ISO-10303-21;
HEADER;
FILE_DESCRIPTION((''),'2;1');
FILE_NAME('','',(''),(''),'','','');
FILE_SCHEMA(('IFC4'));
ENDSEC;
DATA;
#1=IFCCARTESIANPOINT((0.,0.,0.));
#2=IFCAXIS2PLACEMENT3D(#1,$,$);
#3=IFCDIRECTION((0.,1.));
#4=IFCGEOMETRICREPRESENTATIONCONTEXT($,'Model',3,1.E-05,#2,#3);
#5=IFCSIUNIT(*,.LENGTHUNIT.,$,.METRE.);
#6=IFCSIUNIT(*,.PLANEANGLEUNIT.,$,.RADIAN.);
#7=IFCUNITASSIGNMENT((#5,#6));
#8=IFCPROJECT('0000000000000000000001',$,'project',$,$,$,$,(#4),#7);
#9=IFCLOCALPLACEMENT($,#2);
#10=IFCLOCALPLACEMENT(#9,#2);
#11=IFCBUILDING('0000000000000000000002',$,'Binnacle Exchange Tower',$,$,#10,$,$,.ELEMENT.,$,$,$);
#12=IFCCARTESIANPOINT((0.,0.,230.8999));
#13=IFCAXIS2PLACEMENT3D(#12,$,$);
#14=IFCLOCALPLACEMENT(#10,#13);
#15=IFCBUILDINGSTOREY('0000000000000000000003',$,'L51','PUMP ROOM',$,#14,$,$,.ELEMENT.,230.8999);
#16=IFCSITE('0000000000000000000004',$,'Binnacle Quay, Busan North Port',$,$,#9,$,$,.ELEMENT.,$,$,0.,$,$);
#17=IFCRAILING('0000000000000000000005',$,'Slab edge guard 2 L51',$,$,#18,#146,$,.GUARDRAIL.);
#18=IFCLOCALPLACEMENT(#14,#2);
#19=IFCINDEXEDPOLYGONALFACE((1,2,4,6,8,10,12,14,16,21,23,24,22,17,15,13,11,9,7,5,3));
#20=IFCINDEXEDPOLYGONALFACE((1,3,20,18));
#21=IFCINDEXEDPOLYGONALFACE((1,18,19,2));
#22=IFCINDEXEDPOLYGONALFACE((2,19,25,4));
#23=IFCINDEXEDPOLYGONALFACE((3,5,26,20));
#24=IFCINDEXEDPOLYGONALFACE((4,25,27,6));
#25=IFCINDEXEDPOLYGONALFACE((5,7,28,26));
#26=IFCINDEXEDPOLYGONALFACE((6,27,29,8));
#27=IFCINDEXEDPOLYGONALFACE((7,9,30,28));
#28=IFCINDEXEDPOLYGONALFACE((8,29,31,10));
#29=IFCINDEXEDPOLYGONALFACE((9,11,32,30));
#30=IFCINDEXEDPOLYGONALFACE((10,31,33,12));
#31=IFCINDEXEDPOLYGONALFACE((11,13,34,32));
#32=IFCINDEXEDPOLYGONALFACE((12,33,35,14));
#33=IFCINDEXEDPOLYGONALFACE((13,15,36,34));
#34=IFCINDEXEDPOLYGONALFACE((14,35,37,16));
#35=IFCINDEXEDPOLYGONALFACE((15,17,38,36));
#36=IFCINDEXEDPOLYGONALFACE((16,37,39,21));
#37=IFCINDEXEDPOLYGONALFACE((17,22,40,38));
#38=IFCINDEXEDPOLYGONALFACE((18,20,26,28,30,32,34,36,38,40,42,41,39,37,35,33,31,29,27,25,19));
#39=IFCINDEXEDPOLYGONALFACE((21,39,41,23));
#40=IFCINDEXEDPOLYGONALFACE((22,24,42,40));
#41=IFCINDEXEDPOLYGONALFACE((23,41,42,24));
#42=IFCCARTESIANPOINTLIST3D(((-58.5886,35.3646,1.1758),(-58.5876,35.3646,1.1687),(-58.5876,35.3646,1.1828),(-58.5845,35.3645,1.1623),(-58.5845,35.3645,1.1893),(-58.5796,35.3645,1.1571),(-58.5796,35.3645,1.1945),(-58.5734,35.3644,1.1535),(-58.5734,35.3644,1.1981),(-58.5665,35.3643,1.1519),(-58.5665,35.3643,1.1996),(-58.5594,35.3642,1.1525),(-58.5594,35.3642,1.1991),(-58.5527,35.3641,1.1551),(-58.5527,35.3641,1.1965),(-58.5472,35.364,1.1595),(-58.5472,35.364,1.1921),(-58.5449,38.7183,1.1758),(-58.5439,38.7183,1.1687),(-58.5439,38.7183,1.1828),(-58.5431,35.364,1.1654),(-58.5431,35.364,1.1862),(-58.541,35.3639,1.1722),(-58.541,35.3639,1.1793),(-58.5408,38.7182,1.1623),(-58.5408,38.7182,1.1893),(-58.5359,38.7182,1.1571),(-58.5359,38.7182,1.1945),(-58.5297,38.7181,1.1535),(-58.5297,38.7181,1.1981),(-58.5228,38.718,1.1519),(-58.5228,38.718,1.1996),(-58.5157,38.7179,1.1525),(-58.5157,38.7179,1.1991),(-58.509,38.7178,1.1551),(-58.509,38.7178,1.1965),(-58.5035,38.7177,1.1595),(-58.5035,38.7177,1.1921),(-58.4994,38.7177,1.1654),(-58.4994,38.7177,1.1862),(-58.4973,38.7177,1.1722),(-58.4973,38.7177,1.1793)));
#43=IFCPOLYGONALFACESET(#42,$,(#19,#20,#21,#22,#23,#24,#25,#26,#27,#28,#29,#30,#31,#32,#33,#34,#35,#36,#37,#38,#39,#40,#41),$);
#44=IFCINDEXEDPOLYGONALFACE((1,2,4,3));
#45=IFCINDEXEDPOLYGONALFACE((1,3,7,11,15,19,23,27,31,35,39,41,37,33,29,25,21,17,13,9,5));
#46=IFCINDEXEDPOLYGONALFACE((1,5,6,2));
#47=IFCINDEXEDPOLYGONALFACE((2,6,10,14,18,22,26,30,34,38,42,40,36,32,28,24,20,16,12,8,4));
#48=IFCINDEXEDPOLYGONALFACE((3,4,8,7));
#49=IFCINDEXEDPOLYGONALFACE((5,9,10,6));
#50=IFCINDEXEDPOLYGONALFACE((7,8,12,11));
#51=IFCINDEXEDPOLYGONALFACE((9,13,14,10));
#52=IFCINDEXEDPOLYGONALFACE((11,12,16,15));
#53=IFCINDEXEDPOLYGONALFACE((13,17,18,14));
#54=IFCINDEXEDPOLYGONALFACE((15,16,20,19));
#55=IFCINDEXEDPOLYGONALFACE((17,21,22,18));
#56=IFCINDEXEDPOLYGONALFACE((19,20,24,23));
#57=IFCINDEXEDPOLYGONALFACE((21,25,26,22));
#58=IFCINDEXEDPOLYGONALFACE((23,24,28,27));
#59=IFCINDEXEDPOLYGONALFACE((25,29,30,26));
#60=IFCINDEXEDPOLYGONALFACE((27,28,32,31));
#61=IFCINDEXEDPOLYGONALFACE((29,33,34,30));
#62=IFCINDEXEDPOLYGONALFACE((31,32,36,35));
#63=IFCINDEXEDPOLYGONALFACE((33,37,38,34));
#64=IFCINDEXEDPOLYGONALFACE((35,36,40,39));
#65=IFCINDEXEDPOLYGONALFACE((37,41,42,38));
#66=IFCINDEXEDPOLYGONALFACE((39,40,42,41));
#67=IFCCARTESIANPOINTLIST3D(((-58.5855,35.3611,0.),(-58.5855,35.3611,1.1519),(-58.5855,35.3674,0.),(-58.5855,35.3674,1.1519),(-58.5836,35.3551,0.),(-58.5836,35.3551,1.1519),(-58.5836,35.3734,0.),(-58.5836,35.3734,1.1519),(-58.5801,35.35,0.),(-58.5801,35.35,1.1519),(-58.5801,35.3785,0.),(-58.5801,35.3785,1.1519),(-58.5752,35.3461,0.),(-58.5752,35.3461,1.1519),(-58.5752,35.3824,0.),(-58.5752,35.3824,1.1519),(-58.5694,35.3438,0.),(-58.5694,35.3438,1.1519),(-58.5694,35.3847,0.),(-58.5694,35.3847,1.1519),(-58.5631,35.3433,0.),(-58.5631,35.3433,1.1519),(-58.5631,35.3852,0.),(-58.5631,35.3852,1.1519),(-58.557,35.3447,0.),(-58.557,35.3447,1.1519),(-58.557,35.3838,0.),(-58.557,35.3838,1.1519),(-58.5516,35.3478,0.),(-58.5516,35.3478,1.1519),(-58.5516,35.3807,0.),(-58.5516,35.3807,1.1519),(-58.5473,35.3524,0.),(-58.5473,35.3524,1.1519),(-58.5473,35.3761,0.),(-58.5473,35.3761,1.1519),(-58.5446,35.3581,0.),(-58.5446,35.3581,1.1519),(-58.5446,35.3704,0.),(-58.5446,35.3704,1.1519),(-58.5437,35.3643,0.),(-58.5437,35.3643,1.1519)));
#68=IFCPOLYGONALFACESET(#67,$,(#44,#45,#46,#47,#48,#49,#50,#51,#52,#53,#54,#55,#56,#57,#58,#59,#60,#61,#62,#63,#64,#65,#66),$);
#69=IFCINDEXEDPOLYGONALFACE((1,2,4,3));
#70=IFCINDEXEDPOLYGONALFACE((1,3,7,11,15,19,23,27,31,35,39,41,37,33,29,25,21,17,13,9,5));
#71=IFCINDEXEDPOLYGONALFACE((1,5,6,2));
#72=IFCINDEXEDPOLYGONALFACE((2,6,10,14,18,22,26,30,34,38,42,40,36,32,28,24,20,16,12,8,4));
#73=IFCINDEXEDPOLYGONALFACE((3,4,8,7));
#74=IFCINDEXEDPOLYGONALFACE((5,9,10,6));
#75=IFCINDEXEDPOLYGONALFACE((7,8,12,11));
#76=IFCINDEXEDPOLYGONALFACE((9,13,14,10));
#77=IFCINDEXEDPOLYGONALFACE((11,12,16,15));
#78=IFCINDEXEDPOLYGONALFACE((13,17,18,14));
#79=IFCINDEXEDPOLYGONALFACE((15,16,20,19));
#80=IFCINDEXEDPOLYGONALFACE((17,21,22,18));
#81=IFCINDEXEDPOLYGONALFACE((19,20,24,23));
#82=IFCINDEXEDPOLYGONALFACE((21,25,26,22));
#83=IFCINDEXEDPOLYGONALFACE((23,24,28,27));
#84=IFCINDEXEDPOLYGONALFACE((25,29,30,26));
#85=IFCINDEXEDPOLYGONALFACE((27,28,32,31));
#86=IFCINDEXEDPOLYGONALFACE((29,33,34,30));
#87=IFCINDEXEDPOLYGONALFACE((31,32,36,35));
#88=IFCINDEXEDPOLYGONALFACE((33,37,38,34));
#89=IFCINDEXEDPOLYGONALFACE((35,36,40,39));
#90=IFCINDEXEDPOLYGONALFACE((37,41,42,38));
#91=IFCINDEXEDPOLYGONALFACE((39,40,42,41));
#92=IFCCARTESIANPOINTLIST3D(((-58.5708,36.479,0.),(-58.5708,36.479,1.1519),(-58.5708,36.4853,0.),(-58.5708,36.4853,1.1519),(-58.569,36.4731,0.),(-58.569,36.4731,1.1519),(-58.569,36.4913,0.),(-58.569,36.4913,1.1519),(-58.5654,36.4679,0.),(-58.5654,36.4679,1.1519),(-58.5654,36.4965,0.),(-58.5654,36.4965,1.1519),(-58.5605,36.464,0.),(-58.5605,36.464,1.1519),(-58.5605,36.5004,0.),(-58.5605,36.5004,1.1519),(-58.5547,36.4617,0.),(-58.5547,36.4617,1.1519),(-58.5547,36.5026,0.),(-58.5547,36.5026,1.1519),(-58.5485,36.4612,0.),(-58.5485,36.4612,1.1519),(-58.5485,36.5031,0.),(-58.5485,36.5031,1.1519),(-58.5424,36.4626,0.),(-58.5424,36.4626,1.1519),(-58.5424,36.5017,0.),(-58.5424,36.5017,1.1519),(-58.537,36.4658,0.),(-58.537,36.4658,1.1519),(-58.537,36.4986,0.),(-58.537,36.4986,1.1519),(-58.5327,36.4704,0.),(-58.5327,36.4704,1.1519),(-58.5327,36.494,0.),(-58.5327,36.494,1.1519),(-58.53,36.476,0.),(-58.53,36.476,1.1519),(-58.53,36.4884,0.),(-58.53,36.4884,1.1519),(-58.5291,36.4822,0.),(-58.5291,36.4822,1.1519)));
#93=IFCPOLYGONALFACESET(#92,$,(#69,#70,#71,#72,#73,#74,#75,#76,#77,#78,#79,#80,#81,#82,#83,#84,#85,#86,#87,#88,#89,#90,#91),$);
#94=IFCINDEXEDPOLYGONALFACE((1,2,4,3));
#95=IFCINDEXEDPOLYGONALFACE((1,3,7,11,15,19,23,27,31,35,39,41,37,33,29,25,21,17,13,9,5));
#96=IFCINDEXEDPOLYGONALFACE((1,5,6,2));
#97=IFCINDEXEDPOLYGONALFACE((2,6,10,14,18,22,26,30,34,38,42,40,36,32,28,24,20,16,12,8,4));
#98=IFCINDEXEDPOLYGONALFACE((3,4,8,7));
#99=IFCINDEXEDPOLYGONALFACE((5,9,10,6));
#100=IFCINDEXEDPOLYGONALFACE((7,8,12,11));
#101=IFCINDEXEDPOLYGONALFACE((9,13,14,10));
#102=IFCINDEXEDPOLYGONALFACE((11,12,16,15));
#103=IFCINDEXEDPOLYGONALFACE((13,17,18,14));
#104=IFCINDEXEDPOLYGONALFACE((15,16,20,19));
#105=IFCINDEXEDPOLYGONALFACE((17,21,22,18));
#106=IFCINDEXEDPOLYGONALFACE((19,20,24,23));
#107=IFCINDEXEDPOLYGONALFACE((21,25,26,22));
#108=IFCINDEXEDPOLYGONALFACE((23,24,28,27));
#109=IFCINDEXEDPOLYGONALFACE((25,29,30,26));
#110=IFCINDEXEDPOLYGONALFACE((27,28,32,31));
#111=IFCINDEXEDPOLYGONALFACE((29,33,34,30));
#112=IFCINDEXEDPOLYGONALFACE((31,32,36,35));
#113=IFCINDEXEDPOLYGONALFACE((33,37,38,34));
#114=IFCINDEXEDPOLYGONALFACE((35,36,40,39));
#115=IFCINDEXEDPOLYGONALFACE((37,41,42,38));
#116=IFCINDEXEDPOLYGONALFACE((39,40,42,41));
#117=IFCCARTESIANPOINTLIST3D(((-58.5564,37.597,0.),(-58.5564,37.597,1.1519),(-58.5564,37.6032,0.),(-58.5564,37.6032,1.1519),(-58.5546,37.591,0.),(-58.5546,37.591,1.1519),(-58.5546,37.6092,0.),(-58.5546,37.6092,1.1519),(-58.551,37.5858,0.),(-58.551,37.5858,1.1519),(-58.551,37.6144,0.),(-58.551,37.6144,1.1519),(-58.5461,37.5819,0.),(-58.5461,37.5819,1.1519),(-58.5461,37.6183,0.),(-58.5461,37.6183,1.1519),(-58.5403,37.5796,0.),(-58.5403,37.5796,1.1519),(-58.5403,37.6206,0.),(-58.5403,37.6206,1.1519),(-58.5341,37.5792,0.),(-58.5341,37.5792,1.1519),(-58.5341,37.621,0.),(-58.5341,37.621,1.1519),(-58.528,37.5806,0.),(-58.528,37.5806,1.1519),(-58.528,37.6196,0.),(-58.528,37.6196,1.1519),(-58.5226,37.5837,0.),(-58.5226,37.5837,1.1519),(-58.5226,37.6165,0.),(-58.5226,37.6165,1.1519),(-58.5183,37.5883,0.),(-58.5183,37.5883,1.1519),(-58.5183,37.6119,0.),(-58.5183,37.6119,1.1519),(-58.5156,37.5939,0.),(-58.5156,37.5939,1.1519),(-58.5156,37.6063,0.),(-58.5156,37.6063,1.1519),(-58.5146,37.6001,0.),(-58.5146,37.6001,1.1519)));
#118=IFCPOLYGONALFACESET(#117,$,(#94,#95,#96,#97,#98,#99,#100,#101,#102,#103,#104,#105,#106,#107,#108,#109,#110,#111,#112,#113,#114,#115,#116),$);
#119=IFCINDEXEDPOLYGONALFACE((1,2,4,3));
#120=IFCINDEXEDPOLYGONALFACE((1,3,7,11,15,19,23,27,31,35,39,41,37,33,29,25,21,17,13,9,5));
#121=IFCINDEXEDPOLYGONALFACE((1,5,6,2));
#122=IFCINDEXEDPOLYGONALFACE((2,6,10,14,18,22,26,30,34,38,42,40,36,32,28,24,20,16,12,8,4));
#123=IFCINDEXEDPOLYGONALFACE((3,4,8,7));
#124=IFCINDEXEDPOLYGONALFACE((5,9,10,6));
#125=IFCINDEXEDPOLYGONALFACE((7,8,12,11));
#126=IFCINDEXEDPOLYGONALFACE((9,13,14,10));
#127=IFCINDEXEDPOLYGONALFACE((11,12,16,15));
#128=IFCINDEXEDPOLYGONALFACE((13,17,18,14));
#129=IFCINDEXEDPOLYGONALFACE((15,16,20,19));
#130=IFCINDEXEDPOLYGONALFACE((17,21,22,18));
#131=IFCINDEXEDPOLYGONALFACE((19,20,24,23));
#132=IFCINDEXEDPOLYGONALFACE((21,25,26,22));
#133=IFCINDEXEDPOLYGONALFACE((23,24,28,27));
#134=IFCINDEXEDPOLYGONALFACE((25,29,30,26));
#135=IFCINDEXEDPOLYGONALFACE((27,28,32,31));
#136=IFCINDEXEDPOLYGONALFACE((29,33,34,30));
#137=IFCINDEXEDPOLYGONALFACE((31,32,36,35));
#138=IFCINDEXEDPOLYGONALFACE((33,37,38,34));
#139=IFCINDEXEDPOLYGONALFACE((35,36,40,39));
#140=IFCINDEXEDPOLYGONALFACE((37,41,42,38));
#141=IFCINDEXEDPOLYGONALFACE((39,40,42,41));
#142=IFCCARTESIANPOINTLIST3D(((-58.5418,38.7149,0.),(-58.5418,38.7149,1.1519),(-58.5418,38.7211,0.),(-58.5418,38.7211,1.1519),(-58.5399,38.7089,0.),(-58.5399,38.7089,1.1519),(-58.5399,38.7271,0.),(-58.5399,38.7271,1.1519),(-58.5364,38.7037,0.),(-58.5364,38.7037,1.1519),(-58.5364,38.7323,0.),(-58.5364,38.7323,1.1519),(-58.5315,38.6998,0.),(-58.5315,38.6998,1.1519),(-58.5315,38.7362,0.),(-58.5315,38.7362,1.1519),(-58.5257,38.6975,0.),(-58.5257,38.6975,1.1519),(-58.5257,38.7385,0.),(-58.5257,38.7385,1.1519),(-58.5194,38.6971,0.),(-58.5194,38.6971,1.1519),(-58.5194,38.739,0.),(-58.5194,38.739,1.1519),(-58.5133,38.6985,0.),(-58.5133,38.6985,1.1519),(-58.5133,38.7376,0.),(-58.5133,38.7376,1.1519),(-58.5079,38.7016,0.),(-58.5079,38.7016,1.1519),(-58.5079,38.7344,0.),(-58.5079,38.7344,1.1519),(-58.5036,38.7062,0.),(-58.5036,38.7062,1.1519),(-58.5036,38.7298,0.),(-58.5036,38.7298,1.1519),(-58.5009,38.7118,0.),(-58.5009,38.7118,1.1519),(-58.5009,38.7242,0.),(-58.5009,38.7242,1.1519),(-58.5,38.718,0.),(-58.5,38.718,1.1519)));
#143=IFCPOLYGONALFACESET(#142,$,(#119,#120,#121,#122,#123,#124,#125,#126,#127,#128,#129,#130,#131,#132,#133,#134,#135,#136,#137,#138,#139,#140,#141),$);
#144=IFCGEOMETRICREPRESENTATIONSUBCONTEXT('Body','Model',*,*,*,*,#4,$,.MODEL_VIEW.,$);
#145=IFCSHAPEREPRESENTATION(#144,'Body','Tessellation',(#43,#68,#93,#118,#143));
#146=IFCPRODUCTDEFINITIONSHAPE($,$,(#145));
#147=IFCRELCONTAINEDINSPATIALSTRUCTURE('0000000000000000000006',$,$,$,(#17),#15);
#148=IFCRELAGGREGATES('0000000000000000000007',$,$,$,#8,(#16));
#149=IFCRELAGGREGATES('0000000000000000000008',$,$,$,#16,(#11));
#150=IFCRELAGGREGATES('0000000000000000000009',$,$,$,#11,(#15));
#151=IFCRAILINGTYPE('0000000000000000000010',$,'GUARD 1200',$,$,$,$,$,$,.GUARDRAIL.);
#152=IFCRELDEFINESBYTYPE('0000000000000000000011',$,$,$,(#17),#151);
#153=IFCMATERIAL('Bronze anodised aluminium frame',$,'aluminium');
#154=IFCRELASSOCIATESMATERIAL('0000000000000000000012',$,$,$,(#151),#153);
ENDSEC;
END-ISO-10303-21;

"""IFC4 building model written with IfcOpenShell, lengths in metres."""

from ifc_helpers import new_model, si_unit, direction, frame, origin, origin_2d, place, context, subcontext, project, spatial, circle, extrude, material, type_object, element, save


model = new_model("IFC4")

# Units and contexts
model_context = context("Model", 3, precision=1e-05, world=origin(), true_north=direction((0.0, 1.0)))
body_context = subcontext(model_context, "Body", "Model", "MODEL_VIEW")
ifc_project = project(units=[si_unit("LENGTHUNIT", "METRE"), si_unit("PLANEANGLEUNIT", "RADIAN")], contexts=[model_context])

# Site, building, storey
site_placement = place(None, origin())
site = spatial("IfcSite", under=ifc_project, at=site_placement, Name="Binnacle Quay, Busan North Port", CompositionType="ELEMENT", RefElevation=0.0)
building_placement = place(site_placement, origin())
building = spatial("IfcBuilding", under=site, at=building_placement, Name="Binnacle Exchange Tower", CompositionType="ELEMENT")
storey_placement = place(building_placement, frame((0.0, 0.0, 230.8999)))
storey = spatial("IfcBuildingStorey", under=building, at=storey_placement, Name="L51", Description="PUMP ROOM", CompositionType="ELEMENT", Elevation=230.8999)

# Railing
ifc_material_1 = material(Name="Bronze anodised aluminium frame", Category="aluminium")
railing_type_1 = type_object("IfcRailingType", Name="GUARD 1200", PredefinedType="GUARDRAIL", material=ifc_material_1)
railing_1_placement = place(storey_placement, frame((-58.5647, 35.3643, 0.0)))
element("IfcRailing", 1, at=railing_1_placement, inside=storey, type_object=railing_type_1, Name="Slab edge guard 2 L51", PredefinedType="GUARDRAIL", context=body_context, shape_type="SweptSolid", body=[
    extrude(circle(Radius=0.0239, at=origin_2d()), frame((0.0, 0.0, 1.1758), z_axis=(0.013029, 0.999915, 0.0), x_axis=(-0.999915, 0.013029, 0.0)), (0.0, 0.0, 1.0), 3.354),
    extrude(circle(Radius=0.021, at=origin_2d()), origin(), (0.0, 0.0, 1.0), 1.1519),
    extrude(circle(Radius=0.021, at=origin_2d()), frame((0.0146, 1.1179, 0.0)), (0.0, 0.0, 1.0), 1.1519),
    extrude(circle(Radius=0.021, at=origin_2d()), frame((0.0291, 2.2358, 0.0)), (0.0, 0.0, 1.0), 1.1519),
    extrude(circle(Radius=0.021, at=origin_2d()), frame((0.0437, 3.3538, 0.0)), (0.0, 0.0, 1.0), 1.1519),
])

save(model, "model.ifc")
